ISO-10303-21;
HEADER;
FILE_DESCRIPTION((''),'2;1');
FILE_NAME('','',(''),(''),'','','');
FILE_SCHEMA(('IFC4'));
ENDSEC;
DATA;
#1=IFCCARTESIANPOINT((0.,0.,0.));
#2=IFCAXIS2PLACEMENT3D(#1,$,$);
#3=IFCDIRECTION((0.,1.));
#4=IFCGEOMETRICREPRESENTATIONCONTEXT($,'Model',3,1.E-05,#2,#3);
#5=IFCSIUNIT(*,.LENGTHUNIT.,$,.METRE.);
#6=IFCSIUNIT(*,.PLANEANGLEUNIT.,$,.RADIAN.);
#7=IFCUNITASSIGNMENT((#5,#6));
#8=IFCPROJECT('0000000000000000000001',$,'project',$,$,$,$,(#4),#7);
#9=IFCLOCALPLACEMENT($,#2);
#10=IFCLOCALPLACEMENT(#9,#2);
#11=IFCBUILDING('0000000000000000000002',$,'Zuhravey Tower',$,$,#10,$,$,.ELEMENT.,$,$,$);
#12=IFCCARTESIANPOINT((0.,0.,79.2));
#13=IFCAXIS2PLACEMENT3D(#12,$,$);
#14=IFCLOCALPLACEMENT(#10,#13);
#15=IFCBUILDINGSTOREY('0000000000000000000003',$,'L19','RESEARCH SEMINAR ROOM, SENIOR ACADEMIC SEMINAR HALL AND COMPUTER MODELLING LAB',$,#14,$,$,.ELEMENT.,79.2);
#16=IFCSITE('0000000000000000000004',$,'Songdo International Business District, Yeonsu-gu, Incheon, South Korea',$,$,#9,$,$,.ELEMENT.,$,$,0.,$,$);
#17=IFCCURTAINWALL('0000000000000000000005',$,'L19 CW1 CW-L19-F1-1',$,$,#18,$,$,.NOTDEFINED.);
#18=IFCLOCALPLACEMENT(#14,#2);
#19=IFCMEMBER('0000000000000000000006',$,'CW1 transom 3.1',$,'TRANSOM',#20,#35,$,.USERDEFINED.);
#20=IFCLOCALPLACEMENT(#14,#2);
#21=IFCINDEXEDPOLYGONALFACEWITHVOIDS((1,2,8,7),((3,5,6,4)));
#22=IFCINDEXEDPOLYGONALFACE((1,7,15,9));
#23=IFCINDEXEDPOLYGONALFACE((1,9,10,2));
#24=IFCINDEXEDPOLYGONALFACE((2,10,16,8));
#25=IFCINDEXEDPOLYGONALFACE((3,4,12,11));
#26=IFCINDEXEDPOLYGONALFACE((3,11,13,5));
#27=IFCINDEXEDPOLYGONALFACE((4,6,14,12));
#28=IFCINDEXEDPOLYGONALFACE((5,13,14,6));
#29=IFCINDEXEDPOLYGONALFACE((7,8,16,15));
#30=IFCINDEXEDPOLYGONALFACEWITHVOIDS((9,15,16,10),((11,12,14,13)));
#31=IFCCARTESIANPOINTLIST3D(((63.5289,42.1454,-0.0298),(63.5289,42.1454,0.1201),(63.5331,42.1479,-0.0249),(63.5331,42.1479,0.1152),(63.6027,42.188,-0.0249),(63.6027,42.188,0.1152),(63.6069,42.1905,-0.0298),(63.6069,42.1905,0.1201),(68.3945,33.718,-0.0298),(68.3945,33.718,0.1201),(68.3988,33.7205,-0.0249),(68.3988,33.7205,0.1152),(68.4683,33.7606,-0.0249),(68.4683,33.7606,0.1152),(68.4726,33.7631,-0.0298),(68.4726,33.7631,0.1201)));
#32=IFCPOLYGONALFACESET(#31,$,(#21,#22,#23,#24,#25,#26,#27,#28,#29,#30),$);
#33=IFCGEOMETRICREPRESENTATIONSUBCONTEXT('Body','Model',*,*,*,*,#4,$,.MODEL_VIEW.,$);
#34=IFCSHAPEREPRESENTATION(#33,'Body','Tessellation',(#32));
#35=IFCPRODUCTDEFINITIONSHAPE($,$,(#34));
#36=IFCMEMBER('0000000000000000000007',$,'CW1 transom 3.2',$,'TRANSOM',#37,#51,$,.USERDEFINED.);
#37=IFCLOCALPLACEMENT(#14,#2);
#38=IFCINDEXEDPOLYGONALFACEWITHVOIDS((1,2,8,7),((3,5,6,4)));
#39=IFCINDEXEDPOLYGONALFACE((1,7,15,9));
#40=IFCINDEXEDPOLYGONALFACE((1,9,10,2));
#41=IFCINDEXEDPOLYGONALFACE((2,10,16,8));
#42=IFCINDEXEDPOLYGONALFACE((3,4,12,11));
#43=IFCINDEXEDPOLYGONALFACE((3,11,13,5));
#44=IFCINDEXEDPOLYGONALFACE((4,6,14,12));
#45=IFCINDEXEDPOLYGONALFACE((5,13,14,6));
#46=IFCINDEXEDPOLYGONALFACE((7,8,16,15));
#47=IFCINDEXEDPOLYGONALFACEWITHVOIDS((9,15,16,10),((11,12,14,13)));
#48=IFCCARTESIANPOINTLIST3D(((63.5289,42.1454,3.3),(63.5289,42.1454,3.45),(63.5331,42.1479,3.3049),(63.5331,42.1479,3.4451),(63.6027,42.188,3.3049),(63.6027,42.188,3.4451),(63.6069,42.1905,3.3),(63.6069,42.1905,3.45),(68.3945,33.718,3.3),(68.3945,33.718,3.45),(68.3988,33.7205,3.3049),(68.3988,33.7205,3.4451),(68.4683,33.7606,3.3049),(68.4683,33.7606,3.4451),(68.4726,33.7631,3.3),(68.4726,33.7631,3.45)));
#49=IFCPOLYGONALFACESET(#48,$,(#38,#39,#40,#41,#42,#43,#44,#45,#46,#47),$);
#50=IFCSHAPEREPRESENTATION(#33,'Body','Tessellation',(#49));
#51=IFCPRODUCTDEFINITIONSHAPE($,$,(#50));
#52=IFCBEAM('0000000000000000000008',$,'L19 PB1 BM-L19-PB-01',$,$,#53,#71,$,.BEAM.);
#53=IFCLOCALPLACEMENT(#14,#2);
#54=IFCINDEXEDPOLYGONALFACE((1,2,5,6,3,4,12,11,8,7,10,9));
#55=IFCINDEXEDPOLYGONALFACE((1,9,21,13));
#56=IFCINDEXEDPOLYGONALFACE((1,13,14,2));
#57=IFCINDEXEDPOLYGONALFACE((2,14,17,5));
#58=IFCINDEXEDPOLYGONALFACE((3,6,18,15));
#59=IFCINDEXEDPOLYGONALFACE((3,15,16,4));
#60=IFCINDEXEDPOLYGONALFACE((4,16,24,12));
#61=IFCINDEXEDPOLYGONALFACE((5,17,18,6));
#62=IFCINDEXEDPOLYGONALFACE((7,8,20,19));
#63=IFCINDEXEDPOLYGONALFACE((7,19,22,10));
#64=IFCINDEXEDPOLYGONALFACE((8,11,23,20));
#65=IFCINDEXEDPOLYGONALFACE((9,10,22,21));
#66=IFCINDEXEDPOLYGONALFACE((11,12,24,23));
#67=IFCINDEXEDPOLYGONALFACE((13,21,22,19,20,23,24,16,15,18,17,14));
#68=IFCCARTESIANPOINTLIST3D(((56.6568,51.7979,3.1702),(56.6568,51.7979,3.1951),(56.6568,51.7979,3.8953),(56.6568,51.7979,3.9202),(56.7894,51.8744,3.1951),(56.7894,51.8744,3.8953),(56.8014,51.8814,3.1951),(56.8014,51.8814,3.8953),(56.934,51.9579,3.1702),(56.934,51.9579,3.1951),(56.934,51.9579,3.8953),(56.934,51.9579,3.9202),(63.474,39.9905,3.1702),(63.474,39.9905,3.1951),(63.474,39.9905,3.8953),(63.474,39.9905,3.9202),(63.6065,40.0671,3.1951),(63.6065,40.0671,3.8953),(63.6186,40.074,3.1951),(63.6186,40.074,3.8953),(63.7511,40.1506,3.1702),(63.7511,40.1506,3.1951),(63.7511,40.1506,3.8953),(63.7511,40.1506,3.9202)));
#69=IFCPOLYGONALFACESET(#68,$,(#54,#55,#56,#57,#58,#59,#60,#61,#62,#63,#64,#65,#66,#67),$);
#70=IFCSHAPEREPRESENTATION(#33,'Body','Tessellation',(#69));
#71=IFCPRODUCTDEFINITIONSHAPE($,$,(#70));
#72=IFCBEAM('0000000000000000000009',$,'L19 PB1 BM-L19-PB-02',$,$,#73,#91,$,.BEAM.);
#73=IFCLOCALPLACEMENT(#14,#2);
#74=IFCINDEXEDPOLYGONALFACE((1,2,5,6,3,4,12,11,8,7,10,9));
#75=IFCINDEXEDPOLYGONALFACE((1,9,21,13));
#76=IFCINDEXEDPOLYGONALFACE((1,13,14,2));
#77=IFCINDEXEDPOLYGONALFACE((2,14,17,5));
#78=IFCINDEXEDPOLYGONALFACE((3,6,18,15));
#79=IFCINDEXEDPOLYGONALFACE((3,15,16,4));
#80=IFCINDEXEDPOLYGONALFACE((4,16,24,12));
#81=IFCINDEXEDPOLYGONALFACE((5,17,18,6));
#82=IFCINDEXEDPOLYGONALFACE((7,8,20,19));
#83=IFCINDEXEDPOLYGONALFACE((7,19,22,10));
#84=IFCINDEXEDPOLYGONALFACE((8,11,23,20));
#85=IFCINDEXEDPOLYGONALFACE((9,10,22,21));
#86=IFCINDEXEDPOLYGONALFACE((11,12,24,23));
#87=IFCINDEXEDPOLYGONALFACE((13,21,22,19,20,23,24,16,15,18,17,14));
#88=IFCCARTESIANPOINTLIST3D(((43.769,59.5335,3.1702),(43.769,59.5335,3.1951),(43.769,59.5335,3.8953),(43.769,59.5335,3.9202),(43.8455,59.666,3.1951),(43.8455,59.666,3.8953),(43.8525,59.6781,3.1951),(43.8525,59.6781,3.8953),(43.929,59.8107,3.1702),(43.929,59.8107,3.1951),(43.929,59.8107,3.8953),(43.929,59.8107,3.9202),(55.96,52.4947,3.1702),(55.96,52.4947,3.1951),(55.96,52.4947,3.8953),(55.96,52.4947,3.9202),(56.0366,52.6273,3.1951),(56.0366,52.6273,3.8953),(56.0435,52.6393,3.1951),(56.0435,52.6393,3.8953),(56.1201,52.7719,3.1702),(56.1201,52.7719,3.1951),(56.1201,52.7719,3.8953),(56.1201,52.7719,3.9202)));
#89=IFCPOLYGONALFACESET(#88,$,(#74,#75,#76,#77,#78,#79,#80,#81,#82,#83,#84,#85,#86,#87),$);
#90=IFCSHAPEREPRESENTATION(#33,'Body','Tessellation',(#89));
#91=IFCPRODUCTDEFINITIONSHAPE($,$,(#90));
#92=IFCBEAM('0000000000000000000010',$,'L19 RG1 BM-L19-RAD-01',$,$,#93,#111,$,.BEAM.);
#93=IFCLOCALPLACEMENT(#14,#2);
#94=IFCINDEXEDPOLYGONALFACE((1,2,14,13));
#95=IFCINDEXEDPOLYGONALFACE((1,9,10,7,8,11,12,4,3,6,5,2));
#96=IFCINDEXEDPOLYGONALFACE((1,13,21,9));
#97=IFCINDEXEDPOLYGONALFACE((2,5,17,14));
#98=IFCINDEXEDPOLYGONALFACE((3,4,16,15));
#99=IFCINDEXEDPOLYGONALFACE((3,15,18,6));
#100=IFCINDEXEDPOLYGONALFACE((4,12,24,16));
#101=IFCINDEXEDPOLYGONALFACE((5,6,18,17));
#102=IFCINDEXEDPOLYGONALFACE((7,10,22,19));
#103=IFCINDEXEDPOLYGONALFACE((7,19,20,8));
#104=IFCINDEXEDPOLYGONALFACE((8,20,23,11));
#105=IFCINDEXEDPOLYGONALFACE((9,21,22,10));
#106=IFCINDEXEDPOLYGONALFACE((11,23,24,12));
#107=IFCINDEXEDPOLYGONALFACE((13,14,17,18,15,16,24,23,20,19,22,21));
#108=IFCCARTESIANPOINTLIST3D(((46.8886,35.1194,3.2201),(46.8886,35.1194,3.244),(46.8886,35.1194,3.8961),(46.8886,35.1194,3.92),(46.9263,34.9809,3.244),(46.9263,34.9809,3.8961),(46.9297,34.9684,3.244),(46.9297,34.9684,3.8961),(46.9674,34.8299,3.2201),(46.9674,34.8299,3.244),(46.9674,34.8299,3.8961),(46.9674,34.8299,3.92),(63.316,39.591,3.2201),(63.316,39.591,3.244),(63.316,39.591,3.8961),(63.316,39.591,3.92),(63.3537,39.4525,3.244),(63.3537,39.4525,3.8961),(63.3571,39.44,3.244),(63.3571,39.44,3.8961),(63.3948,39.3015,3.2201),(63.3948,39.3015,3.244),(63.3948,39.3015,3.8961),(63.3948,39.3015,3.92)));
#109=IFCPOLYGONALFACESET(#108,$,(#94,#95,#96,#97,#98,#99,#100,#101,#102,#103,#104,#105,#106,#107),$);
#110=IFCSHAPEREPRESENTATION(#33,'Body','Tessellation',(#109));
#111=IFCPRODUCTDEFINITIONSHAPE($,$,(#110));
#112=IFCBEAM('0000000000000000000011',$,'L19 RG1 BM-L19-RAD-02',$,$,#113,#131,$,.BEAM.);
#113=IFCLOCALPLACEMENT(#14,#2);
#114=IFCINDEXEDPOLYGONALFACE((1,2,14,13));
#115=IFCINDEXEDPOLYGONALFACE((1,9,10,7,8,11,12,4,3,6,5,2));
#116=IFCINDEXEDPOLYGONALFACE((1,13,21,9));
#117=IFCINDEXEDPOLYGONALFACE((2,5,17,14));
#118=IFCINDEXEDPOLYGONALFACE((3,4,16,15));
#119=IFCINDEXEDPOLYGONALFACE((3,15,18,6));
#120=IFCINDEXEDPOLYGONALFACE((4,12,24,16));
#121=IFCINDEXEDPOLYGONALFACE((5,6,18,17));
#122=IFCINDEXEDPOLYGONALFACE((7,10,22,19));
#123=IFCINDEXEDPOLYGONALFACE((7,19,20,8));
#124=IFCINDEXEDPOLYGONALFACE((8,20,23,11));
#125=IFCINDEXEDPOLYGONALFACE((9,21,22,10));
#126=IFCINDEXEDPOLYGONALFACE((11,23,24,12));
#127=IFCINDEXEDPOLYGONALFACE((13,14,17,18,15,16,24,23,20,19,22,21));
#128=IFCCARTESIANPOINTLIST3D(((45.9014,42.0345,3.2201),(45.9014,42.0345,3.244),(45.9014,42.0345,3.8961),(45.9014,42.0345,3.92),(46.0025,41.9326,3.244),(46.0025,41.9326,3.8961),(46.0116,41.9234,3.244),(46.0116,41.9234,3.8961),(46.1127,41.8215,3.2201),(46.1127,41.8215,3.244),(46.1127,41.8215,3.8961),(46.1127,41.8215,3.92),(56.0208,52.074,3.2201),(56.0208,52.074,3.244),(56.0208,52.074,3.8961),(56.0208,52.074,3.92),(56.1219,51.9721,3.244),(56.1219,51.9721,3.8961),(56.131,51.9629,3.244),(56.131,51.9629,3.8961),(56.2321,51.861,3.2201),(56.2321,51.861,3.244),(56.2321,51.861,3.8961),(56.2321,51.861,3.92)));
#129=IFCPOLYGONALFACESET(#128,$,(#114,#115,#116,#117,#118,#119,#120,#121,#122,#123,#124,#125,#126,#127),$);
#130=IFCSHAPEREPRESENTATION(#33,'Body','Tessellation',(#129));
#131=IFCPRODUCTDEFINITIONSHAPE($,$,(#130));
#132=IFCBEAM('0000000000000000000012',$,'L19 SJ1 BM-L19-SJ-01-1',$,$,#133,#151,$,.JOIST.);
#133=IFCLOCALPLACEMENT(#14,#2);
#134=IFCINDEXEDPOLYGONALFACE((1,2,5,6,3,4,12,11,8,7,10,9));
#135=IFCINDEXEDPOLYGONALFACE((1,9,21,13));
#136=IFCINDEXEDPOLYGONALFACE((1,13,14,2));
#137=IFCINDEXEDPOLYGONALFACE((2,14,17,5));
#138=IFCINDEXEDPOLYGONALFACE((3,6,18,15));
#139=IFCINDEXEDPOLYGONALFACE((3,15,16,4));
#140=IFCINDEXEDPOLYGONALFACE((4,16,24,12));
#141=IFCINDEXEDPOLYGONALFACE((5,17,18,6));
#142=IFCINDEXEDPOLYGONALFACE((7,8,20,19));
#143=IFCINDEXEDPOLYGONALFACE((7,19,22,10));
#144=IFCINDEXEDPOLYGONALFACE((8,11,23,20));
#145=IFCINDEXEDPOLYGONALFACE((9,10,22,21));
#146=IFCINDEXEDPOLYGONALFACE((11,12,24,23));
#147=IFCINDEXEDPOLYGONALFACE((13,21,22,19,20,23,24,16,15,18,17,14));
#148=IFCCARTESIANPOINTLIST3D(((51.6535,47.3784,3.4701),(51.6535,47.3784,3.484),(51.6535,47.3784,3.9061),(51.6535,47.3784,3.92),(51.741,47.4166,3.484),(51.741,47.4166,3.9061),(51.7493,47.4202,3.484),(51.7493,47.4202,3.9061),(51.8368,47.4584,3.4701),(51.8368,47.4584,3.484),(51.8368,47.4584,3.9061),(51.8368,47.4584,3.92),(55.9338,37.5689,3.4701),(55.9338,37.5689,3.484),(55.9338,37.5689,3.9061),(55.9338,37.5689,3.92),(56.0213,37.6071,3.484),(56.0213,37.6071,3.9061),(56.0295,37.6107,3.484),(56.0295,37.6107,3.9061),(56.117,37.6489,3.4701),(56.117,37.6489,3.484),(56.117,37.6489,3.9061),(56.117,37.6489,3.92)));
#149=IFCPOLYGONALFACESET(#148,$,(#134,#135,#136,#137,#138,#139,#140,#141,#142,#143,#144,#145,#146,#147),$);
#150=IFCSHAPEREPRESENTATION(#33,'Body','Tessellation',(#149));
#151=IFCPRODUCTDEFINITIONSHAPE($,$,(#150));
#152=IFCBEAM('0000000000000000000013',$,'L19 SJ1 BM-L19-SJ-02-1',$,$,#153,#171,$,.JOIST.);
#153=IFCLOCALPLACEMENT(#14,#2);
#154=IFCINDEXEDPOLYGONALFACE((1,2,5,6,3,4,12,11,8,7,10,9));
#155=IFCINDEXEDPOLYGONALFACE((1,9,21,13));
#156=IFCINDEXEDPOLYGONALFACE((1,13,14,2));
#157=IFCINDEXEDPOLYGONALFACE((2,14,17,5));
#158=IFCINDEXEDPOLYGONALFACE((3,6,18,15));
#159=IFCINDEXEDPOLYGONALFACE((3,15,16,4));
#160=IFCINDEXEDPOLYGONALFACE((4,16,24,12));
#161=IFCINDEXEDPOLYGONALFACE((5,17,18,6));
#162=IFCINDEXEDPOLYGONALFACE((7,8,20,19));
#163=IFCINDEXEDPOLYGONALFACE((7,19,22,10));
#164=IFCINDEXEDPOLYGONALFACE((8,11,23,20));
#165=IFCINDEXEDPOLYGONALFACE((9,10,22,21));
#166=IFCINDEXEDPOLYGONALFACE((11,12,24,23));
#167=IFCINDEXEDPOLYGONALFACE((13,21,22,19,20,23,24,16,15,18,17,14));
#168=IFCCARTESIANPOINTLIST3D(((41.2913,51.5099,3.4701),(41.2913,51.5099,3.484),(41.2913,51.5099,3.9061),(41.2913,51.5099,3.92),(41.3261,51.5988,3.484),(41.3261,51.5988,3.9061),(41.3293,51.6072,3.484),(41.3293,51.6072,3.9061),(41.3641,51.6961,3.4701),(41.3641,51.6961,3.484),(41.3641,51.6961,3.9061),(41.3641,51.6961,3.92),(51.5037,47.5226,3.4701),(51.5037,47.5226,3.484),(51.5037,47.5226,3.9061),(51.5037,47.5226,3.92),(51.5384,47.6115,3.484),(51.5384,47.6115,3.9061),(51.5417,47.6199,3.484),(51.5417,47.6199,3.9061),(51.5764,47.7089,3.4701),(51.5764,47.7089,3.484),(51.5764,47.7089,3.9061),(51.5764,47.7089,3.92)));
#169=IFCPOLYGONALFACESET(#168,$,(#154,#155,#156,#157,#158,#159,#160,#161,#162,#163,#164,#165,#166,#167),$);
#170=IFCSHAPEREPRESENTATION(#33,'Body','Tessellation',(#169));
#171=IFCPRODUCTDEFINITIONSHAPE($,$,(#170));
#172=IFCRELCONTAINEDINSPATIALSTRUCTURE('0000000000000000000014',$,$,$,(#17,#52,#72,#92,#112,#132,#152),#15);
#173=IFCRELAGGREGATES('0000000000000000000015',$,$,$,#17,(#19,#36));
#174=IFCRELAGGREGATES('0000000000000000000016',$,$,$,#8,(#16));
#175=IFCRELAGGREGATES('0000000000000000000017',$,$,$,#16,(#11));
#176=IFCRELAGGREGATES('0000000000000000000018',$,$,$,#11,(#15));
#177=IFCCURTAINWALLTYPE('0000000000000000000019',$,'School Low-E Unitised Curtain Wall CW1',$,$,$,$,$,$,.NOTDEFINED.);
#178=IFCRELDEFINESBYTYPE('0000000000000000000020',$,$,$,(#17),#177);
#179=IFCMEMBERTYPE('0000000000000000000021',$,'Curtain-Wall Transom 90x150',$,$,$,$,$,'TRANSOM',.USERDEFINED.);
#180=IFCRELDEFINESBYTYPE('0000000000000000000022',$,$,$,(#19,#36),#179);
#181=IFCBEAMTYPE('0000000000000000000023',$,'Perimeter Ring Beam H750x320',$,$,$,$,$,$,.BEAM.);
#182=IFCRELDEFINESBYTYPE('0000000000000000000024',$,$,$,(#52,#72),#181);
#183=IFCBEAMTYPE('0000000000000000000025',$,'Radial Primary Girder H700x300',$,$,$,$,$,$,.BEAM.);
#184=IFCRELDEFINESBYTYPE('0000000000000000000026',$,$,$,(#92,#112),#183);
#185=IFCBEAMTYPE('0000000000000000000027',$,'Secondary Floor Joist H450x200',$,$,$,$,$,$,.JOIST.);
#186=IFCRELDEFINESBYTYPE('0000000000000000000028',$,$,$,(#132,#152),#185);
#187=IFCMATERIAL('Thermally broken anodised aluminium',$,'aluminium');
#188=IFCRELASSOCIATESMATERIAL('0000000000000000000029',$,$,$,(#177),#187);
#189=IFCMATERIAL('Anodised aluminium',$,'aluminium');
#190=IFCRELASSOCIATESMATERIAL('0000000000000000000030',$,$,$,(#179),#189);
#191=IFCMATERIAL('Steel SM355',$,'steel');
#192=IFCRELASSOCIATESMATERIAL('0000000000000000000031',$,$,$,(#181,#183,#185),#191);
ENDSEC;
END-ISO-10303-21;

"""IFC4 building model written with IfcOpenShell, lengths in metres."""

from ifc_helpers import new_model, si_unit, direction, frame, origin, origin_2d, place, context, subcontext, project, spatial, hollow_rectangle, i_section, extrude, material, material_profile, profile_set, type_object, element, aggregate, save


model = new_model("IFC4")

# Units and contexts
model_context = context("Model", 3, precision=1e-05, world=origin(), true_north=direction((0.0, 1.0)))
body_context = subcontext(model_context, "Body", "Model", "MODEL_VIEW")
ifc_project = project(units=[si_unit("LENGTHUNIT", "METRE"), si_unit("PLANEANGLEUNIT", "RADIAN")], contexts=[model_context])

# Site, building, storey
site_placement = place(None, origin())
site = spatial("IfcSite", under=ifc_project, at=site_placement, Name="Songdo International Business District, Yeonsu-gu, Incheon, South Korea", CompositionType="ELEMENT", RefElevation=0.0)
building_placement = place(site_placement, origin())
building = spatial("IfcBuilding", under=site, at=building_placement, Name="Zuhravey Tower", CompositionType="ELEMENT")
storey_placement = place(building_placement, frame((0.0, 0.0, 79.2)))
storey = spatial("IfcBuildingStorey", under=building, at=storey_placement, Name="L19", Description="RESEARCH SEMINAR ROOM, SENIOR ACADEMIC SEMINAR HALL AND COMPUTER MODELLING LAB", CompositionType="ELEMENT", Elevation=79.2)

# Shared definitions
ifc_material_1 = material(Name="Thermally broken anodised aluminium", Category="aluminium")
curtain_wall_type = type_object("IfcCurtainWallType", Name="School Low-E Unitised Curtain Wall CW1", PredefinedType="NOTDEFINED", material=ifc_material_1)
ifc_material_2 = material(Name="Anodised aluminium", Category="aluminium")

# Curtain wall, members
curtain_wall_1_placement = place(storey_placement, origin())
curtain_wall_1 = element("IfcCurtainWall", 1, at=curtain_wall_1_placement, inside=storey, type_object=curtain_wall_type, Name="L19 CW1 CW-L19-F1-1", PredefinedType="NOTDEFINED")
ifc_material_profile_1 = material_profile(ifc_material_2, hollow_rectangle(XDim=0.0901, YDim=0.1499, WallThickness=0.0049, at=origin_2d()), Name="ALU-RHS-90x150x5")
ifc_profile_set_1 = profile_set([ifc_material_profile_1], Name="Anodised aluminium")
member_type_1 = type_object("IfcMemberType", Name="Curtain-Wall Transom 90x150", ElementType="TRANSOM", PredefinedType="USERDEFINED", material=ifc_profile_set_1)
member_1_placement = place(storey_placement, frame((63.5679, 42.168, 0.0452), z_axis=(0.500008, -0.866021, 0.0), x_axis=(0.866021, 0.500008, 0.0)))
member_1 = element("IfcMember", 2, at=member_1_placement, type_object=member_type_1, Name="CW1 transom 3.1", ObjectType="TRANSOM", PredefinedType="USERDEFINED", context=body_context, shape_type="SweptSolid", body=[
    extrude(hollow_rectangle(XDim=0.0901, YDim=0.1499, WallThickness=0.0049, at=origin_2d()), origin(), (0.0, 0.0, 1.0), 9.7312),
])
member_2_placement = place(storey_placement, frame((63.5679, 42.168, 3.375), z_axis=(0.500008, -0.866021, 0.0), x_axis=(0.866021, 0.500008, 0.0)))
member_2 = element("IfcMember", 3, at=member_2_placement, type_object=member_type_1, Name="CW1 transom 3.2", ObjectType="TRANSOM", PredefinedType="USERDEFINED", context=body_context, shape_type="SweptSolid", body=[
    extrude(hollow_rectangle(XDim=0.0901, YDim=0.1499, WallThickness=0.0049, at=origin_2d()), origin(), (0.0, 0.0, 1.0), 9.7312),
])

# Beams
ifc_material_3 = material(Name="Steel SM355", Category="steel")
ifc_material_profile_2 = material_profile(ifc_material_3, i_section(OverallWidth=0.3201, OverallDepth=0.75, WebThickness=0.0139, FlangeThickness=0.0249, at=origin_2d()), Name="H-750x320x14x25")
ifc_profile_set_2 = profile_set([ifc_material_profile_2], Name="Steel SM355")
beam_type_1 = type_object("IfcBeamType", Name="Perimeter Ring Beam H750x320", PredefinedType="BEAM", material=ifc_profile_set_2)
beam_1_placement = place(storey_placement, frame((63.6125, 40.0706, 3.5452), z_axis=(-0.500008, 0.866021, 0.0), x_axis=(-0.866021, -0.500008, 0.0)))
element("IfcBeam", 4, at=beam_1_placement, inside=storey, type_object=beam_type_1, Name="L19 PB1 BM-L19-PB-01", PredefinedType="BEAM", context=body_context, shape_type="SweptSolid", body=[
    extrude(i_section(OverallWidth=0.3201, OverallDepth=0.75, WebThickness=0.0139, FlangeThickness=0.0249, at=origin_2d()), origin(), (0.0, 0.0, 1.0), 13.634),
])
beam_2_placement = place(storey_placement, frame((56.04, 52.6333, 3.5452), z_axis=(-0.866018, 0.500013, 0.0), x_axis=(-0.500013, -0.866018, 0.0)))
element("IfcBeam", 5, at=beam_2_placement, inside=storey, type_object=beam_type_1, Name="L19 PB1 BM-L19-PB-02", PredefinedType="BEAM", context=body_context, shape_type="SweptSolid", body=[
    extrude(i_section(OverallWidth=0.3201, OverallDepth=0.75, WebThickness=0.0139, FlangeThickness=0.0249, at=origin_2d()), origin(), (0.0, 0.0, 1.0), 14.0771),
])
ifc_material_profile_3 = material_profile(ifc_material_3, i_section(OverallWidth=0.3, OverallDepth=0.7, WebThickness=0.0129, FlangeThickness=0.0239, at=origin_2d()), Name="H-700x300x13x24")
ifc_profile_set_3 = profile_set([ifc_material_profile_3], Name="Steel SM355")
beam_type_2 = type_object("IfcBeamType", Name="Radial Primary Girder H700x300", PredefinedType="BEAM", material=ifc_profile_set_3)
beam_3_placement = place(storey_placement, frame((46.928, 34.9746, 3.5701), z_axis=(0.964891, 0.26265, 0.0), x_axis=(-0.26265, 0.964891, 0.0)))
element("IfcBeam", 6, at=beam_3_placement, inside=storey, type_object=beam_type_2, Name="L19 RG1 BM-L19-RAD-01", PredefinedType="BEAM", context=body_context, shape_type="SweptSolid", body=[
    extrude(i_section(OverallWidth=0.3, OverallDepth=0.7, WebThickness=0.0129, FlangeThickness=0.0239, at=origin_2d()), origin(), (0.0, 0.0, 1.0), 17.0251),
])
beam_4_placement = place(storey_placement, frame((46.0071, 41.928, 3.5701), z_axis=(0.709902, 0.704301, 0.0), x_axis=(-0.704301, 0.709902, 0.0)))
element("IfcBeam", 7, at=beam_4_placement, inside=storey, type_object=beam_type_2, Name="L19 RG1 BM-L19-RAD-02", PredefinedType="BEAM", context=body_context, shape_type="SweptSolid", body=[
    extrude(i_section(OverallWidth=0.3, OverallDepth=0.7, WebThickness=0.0129, FlangeThickness=0.0239, at=origin_2d()), origin(), (0.0, 0.0, 1.0), 14.2546),
])
ifc_material_profile_4 = material_profile(ifc_material_3, i_section(OverallWidth=0.2, OverallDepth=0.45, WebThickness=0.009, FlangeThickness=0.0139, at=origin_2d()), Name="H-450x200x9x14")
ifc_profile_set_4 = profile_set([ifc_material_profile_4], Name="Steel SM355")
beam_type_3 = type_object("IfcBeamType", Name="Secondary Floor Joist H450x200", PredefinedType="JOIST", material=ifc_profile_set_4)
beam_5_placement = place(storey_placement, frame((56.0254, 37.6089, 3.6951), z_axis=(-0.399924, 0.916549, 0.0), x_axis=(-0.916549, -0.399924, 0.0)))
element("IfcBeam", 8, at=beam_5_placement, inside=storey, type_object=beam_type_3, Name="L19 SJ1 BM-L19-SJ-01-1", PredefinedType="JOIST", context=body_context, shape_type="SweptSolid", body=[
    extrude(i_section(OverallWidth=0.2, OverallDepth=0.45, WebThickness=0.009, FlangeThickness=0.0139, at=origin_2d()), origin(), (0.0, 0.0, 1.0), 10.7026),
])
beam_6_placement = place(storey_placement, frame((51.54, 47.6157, 3.6951), z_axis=(-0.931517, 0.363699, 0.0), x_axis=(-0.363699, -0.931517, 0.0)))
element("IfcBeam", 9, at=beam_6_placement, inside=storey, type_object=beam_type_3, Name="L19 SJ1 BM-L19-SJ-02-1", PredefinedType="JOIST", context=body_context, shape_type="SweptSolid", body=[
    extrude(i_section(OverallWidth=0.2, OverallDepth=0.45, WebThickness=0.009, FlangeThickness=0.0139, at=origin_2d()), origin(), (0.0, 0.0, 1.0), 10.9631),
])

aggregate(curtain_wall_1, [member_1, member_2])

save(model, "model.ifc")
